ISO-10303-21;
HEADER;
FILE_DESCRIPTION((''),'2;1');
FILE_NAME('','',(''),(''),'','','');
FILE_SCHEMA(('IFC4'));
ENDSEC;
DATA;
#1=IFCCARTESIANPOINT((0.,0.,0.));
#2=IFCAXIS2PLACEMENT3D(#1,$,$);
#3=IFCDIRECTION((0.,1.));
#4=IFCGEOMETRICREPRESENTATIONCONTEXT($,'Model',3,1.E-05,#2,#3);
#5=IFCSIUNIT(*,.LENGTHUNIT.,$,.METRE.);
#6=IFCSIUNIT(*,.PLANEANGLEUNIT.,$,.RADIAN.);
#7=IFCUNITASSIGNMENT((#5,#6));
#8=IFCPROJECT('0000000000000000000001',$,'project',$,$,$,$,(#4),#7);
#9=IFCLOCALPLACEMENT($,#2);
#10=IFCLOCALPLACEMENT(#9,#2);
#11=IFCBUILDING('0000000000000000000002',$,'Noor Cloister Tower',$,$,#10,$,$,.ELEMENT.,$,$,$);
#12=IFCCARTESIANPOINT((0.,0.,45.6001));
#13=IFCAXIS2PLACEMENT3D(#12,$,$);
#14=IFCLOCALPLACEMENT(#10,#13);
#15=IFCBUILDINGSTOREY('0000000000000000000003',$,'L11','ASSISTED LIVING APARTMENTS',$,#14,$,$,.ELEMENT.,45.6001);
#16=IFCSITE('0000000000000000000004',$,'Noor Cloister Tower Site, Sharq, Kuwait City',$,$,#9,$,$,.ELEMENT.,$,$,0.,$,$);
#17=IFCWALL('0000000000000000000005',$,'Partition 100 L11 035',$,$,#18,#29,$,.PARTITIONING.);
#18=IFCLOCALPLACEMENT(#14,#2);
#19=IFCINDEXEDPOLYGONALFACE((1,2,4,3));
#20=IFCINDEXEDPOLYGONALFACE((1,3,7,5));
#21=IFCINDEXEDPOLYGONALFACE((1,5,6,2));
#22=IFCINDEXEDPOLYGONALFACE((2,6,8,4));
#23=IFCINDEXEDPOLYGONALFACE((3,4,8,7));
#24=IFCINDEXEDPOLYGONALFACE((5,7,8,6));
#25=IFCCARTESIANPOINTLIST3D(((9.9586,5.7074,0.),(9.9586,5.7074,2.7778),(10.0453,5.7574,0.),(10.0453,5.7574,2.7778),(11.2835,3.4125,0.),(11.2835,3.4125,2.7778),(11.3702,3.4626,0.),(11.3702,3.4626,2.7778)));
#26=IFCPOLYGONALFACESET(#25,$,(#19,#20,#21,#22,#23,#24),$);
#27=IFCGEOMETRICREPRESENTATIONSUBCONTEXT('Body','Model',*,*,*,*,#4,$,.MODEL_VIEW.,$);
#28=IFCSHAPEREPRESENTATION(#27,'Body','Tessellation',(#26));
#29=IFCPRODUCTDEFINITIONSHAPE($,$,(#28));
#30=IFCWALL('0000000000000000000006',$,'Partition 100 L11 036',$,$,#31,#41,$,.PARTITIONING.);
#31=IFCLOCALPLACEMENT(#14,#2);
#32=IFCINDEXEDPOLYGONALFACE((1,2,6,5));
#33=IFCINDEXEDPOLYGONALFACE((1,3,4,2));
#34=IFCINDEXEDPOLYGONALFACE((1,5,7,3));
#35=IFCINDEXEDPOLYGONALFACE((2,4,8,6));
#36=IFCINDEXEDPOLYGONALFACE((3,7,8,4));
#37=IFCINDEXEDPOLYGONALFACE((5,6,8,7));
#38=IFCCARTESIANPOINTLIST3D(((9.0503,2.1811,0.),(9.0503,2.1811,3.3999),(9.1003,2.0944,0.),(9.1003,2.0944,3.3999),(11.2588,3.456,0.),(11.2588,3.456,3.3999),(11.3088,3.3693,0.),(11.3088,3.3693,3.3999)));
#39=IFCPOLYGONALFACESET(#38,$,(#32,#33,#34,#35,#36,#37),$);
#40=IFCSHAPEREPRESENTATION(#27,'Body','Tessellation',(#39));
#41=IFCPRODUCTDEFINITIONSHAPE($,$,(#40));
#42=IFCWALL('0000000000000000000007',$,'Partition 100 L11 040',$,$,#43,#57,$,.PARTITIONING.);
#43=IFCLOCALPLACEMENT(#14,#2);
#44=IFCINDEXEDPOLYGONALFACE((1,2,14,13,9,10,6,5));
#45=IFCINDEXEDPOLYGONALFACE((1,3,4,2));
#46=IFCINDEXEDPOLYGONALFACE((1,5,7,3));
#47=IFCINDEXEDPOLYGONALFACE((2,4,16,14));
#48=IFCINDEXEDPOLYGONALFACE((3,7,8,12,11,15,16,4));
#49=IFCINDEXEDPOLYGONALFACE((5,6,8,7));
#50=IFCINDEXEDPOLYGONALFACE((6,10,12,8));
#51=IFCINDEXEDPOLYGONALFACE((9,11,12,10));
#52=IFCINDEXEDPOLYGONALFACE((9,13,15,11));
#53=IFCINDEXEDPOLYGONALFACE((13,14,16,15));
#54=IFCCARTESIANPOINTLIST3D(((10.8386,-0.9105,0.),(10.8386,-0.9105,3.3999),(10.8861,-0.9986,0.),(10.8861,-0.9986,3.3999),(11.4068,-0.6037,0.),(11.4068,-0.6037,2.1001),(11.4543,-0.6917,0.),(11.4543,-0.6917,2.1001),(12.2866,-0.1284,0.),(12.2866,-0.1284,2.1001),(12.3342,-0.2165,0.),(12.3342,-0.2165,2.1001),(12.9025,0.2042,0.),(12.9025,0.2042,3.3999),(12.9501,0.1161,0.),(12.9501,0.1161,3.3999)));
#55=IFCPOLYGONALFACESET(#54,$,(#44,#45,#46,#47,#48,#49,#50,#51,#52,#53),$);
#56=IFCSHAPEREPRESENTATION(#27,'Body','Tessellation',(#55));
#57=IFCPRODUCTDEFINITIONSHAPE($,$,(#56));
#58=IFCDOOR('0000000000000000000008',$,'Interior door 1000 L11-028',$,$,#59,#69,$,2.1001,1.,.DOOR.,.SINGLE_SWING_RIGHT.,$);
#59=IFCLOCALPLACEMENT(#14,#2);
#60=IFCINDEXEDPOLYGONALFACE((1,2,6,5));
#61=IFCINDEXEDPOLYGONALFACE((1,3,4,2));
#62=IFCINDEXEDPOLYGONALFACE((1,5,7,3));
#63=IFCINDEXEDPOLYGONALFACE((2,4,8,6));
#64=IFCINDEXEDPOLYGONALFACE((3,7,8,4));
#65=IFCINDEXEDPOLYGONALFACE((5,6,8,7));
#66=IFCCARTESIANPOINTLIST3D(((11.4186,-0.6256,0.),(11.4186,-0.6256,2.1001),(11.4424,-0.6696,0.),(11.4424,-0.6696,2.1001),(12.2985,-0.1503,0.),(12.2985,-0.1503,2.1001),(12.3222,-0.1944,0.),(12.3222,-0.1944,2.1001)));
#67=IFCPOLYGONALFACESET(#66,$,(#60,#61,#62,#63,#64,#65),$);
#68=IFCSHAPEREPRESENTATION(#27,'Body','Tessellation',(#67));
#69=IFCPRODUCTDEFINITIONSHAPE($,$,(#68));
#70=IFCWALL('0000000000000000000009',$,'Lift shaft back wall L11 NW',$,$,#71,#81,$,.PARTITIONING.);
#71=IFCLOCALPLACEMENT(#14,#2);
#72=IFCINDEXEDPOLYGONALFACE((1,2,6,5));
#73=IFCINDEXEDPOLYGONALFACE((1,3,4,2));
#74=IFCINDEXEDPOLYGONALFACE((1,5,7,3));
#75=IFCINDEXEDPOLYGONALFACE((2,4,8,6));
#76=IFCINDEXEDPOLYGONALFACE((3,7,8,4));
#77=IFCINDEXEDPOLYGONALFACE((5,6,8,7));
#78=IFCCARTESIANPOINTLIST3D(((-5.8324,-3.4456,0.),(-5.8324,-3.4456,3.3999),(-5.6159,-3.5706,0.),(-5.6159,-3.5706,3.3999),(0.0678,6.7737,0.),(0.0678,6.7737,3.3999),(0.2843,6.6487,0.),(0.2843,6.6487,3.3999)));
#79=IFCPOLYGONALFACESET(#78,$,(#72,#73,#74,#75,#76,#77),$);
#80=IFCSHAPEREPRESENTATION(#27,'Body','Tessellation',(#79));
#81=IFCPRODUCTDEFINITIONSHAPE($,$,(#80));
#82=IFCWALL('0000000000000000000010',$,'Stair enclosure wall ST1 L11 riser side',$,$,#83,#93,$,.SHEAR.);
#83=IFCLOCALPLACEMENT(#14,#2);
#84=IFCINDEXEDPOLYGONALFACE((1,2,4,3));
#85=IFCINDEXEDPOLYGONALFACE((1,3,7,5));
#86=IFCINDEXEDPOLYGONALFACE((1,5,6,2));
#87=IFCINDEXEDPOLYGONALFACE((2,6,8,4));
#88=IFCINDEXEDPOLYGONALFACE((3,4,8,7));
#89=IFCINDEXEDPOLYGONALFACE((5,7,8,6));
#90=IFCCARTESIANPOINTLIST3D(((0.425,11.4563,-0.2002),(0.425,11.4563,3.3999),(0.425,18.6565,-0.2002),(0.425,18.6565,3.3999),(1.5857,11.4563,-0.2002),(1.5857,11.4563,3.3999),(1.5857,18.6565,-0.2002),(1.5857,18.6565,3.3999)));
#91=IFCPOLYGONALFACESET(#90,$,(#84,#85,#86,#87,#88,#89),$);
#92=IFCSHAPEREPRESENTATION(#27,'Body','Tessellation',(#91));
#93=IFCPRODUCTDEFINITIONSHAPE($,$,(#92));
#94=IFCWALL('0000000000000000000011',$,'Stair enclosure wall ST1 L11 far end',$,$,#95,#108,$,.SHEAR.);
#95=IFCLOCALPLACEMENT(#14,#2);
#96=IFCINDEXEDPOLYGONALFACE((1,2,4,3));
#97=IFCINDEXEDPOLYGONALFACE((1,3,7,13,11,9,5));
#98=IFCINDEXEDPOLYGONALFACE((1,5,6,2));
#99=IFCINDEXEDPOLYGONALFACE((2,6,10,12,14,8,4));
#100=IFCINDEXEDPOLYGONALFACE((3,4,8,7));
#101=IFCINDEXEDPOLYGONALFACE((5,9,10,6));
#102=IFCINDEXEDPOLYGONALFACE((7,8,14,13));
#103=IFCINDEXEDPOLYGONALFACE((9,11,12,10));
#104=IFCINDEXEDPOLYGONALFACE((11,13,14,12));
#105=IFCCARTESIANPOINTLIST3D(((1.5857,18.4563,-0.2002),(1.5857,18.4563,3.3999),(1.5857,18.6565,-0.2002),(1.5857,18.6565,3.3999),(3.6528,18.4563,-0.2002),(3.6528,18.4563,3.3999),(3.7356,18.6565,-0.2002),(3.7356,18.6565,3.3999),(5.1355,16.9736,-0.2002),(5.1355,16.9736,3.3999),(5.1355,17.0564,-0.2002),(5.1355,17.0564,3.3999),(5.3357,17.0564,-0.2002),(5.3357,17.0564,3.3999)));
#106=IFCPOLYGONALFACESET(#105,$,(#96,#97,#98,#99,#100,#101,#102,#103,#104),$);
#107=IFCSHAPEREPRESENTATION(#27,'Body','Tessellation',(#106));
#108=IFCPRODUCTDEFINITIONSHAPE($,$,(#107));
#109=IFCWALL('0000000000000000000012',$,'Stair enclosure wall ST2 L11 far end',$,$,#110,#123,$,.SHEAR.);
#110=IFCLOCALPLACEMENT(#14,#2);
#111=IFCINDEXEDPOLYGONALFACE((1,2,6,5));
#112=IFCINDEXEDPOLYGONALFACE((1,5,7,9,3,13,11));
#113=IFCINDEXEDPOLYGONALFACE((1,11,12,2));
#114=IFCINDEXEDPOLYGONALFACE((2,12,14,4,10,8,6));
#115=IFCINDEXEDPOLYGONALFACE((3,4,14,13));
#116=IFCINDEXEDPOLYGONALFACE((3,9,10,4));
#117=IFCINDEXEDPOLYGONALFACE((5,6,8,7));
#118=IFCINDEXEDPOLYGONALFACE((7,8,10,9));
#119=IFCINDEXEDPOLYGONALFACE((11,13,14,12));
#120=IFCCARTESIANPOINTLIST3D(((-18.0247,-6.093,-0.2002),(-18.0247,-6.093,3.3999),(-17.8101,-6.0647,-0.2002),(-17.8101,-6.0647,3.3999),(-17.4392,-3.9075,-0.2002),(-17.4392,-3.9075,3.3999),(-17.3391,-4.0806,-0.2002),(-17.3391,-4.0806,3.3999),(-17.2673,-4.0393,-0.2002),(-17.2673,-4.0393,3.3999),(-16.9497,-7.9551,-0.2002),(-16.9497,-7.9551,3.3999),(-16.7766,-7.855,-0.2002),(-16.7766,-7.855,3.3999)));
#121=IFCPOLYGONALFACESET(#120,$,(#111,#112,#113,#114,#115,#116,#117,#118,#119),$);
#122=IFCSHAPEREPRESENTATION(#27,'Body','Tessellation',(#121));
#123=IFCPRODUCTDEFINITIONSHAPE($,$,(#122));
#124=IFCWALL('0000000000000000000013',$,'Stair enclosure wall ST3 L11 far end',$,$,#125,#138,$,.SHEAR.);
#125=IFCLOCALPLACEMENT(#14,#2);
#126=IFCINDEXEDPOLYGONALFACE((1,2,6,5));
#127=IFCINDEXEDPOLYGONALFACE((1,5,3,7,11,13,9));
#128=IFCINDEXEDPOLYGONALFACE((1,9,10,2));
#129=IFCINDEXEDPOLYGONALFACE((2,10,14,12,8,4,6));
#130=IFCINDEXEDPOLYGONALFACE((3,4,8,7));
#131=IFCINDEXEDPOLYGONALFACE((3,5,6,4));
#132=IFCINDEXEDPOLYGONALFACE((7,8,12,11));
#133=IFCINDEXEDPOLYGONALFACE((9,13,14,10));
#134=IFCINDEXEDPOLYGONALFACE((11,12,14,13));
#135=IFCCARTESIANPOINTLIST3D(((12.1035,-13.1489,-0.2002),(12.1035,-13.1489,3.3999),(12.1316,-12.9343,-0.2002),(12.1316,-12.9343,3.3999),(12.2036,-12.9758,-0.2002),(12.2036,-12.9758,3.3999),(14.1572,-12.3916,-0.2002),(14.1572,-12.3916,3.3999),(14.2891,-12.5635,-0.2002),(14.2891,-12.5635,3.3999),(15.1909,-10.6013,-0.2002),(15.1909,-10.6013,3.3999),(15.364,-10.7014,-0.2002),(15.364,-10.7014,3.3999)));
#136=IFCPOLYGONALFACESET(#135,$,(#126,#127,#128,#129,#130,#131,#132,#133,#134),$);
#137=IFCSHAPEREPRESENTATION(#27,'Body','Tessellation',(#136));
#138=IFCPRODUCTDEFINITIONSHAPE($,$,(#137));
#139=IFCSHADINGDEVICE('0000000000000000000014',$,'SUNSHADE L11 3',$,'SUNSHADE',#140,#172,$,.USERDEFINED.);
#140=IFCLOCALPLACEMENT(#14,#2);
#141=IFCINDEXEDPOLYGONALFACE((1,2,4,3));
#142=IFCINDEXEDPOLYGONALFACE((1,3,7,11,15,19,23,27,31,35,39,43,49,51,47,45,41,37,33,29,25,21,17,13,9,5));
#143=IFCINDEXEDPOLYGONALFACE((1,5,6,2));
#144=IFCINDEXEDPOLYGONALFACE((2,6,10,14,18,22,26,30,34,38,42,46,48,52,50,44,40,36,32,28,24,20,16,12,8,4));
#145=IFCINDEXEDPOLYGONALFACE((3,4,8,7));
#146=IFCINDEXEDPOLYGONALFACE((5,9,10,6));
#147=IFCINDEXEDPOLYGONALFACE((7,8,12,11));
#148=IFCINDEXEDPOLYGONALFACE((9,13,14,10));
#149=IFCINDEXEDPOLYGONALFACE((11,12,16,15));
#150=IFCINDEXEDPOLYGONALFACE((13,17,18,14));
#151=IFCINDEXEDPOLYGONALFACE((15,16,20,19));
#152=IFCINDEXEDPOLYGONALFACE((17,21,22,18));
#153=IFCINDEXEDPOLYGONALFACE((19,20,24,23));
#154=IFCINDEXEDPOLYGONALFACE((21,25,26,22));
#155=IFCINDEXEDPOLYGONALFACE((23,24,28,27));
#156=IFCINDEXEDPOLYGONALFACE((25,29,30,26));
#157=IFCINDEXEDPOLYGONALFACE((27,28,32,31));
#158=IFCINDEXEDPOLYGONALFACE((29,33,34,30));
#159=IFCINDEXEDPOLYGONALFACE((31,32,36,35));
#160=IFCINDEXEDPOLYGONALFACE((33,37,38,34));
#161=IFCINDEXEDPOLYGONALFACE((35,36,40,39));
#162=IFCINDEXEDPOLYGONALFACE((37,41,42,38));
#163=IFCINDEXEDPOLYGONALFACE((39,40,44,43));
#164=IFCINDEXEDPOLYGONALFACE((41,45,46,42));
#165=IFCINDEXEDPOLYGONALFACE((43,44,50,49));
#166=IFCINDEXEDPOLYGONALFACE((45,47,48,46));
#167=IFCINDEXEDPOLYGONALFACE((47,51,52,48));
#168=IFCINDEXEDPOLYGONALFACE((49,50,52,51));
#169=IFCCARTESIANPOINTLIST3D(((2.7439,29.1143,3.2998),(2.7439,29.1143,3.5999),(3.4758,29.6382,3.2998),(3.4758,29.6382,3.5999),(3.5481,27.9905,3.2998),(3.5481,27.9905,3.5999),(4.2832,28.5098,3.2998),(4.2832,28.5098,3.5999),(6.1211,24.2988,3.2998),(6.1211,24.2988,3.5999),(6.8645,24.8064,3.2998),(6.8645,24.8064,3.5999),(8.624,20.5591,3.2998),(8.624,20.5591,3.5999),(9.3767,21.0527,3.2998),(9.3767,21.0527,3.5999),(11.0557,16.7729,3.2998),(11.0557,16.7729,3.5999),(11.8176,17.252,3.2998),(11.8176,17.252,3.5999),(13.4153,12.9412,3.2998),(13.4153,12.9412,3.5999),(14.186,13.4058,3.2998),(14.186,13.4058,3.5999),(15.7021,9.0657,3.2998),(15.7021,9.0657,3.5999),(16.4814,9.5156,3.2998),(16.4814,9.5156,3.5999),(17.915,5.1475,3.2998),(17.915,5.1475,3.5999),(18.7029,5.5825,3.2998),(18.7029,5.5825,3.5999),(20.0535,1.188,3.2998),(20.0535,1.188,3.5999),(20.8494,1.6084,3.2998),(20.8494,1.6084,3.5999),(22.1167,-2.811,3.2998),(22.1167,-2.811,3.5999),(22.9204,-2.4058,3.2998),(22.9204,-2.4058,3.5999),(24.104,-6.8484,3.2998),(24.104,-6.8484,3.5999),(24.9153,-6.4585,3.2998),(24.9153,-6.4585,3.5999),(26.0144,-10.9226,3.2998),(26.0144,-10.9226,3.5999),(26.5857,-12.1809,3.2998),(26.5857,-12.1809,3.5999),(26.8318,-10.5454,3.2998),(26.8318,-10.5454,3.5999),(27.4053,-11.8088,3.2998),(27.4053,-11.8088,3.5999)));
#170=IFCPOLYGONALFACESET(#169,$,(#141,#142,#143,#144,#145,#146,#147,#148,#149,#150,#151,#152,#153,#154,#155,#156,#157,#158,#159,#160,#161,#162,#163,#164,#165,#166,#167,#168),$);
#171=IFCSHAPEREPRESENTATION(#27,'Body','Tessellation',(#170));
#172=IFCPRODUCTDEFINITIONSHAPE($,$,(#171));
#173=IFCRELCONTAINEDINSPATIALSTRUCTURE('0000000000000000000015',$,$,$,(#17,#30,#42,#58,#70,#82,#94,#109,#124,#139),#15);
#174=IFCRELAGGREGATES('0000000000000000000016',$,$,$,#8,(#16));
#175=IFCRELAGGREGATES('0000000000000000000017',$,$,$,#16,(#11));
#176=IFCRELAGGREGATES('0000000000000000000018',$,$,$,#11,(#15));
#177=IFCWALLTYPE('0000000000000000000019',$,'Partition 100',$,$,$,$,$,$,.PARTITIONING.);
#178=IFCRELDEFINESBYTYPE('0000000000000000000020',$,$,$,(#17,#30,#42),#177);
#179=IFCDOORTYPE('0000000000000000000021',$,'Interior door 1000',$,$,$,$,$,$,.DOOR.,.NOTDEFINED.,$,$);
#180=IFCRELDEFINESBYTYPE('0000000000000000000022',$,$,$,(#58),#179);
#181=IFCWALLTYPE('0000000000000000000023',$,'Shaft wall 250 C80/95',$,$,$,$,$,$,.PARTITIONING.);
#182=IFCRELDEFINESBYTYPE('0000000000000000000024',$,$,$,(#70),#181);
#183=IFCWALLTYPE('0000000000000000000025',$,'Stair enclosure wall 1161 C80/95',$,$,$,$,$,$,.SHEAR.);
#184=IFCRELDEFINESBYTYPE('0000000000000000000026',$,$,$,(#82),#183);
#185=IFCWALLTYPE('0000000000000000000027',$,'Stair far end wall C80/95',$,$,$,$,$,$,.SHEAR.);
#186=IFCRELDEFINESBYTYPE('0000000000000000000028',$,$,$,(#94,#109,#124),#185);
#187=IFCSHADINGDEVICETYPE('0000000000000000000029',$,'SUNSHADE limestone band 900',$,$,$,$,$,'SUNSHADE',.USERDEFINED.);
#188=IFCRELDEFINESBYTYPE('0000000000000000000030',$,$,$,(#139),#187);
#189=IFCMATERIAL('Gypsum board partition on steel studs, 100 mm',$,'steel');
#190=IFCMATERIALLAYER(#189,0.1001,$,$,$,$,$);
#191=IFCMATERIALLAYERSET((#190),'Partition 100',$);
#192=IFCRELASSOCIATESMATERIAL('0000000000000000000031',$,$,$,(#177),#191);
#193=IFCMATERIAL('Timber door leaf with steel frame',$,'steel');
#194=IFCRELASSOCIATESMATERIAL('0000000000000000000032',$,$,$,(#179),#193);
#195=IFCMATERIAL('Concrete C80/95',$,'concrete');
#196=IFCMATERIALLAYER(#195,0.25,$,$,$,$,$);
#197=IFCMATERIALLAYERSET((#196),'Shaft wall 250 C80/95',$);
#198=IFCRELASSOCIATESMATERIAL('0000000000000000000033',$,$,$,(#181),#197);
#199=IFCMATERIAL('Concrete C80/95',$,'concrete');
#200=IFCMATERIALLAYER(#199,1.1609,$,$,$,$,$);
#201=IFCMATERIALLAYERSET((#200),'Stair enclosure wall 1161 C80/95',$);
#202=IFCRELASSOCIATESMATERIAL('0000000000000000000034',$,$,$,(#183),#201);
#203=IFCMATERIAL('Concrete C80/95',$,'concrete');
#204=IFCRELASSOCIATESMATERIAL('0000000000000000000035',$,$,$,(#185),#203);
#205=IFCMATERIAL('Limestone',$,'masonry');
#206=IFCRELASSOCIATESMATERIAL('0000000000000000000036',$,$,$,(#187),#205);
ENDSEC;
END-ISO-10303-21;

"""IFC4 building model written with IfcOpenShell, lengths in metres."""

from ifc_helpers import new_model, si_unit, direction, frame, frame_2d, origin, place, context, subcontext, project, spatial, polyline, rectangle, outline, extrude, material, layer, layer_set, type_object, element, fill, save


model = new_model("IFC4")

# Units and contexts
model_context = context("Model", 3, precision=1e-05, world=origin(), true_north=direction((0.0, 1.0)))
body_context = subcontext(model_context, "Body", "Model", "MODEL_VIEW")
ifc_project = project(units=[si_unit("LENGTHUNIT", "METRE"), si_unit("PLANEANGLEUNIT", "RADIAN")], contexts=[model_context])

# Site, building, storey
site_placement = place(None, origin())
site = spatial("IfcSite", under=ifc_project, at=site_placement, Name="Noor Cloister Tower Site, Sharq, Kuwait City", CompositionType="ELEMENT", RefElevation=0.0)
building_placement = place(site_placement, origin())
building = spatial("IfcBuilding", under=site, at=building_placement, Name="Noor Cloister Tower", CompositionType="ELEMENT")
storey_placement = place(building_placement, frame((0.0, 0.0, 45.6001)))
storey = spatial("IfcBuildingStorey", under=building, at=storey_placement, Name="L11", Description="ASSISTED LIVING APARTMENTS", CompositionType="ELEMENT", Elevation=45.6001)

# Walls
ifc_material_1 = material(Name="Gypsum board partition on steel studs, 100 mm", Category="steel")
ifc_layer_1 = layer(ifc_material_1, 0.1001)
ifc_layer_set_1 = layer_set([ifc_layer_1], Name="Partition 100")
wall_type_1 = type_object("IfcWallType", Name="Partition 100", PredefinedType="PARTITIONING", material=ifc_layer_set_1)
wall_1_placement = place(storey_placement, frame((10.002, 5.7324, 0.0), z_axis=(0.0, 0.0, 1.0), x_axis=(0.499994, -0.866029, 0.0)))
element("IfcWall", 1, at=wall_1_placement, inside=storey, type_object=wall_type_1, Name="Partition 100 L11 035", PredefinedType="PARTITIONING", context=body_context, shape_type="SweptSolid", body=[
    extrude(rectangle(XDim=2.6499, YDim=0.1001, at=frame_2d((1.325, 0.0))), origin(), (0.0, 0.0, 1.0), 2.7778),
])
wall_2_placement = place(storey_placement, frame((11.2837, 3.4126, 0.0), z_axis=(0.0, 0.0, 1.0), x_axis=(-0.866055, -0.499949, 0.0)))
element("IfcWall", 2, at=wall_2_placement, inside=storey, type_object=wall_type_1, Name="Partition 100 L11 036", PredefinedType="PARTITIONING", context=body_context, shape_type="SweptSolid", body=[
    extrude(rectangle(XDim=2.55, YDim=0.1001, at=frame_2d((1.2749, 0.0))), origin(), (0.0, 0.0, 1.0), 3.3999),
])

# Wall, opening, door
wall_3_placement = place(storey_placement, frame((12.9263, 0.1602, 0.0), z_axis=(0.0, 0.0, 1.0), x_axis=(-0.879869, -0.475217, 0.0)))
wall_3 = element("IfcWall", 3, at=wall_3_placement, inside=storey, type_object=wall_type_1, Name="Partition 100 L11 040", PredefinedType="PARTITIONING", context=body_context, shape_type="SweptSolid", body=[
    extrude(rectangle(XDim=2.3457, YDim=0.1001, at=frame_2d((1.1729, 0.0))), origin(), (0.0, 0.0, 1.0), 3.3999),
])
opening_1_placement = place(wall_3_placement, frame((0.7, 0.0, 0.0)))
opening_1 = element("IfcOpeningElement", 4, at=opening_1_placement, cuts=wall_3, PredefinedType="OPENING", context=body_context, shape_type="SweptSolid", body=[
    extrude(rectangle(XDim=1.0, YDim=2.1001, at=frame_2d((0.5, 1.05))), frame((0.0, 0.0601, 0.0), z_axis=(0.0, -1.0, 0.0), x_axis=(1.0, 0.0, 0.0)), (0.0, 0.0, 1.0), 0.1201),
])
ifc_material_2 = material(Name="Timber door leaf with steel frame", Category="steel")
door_type_1 = type_object("IfcDoorType", Name="Interior door 1000", OperationType="NOTDEFINED", PredefinedType="DOOR", material=ifc_material_2)
door_1_placement = place(opening_1_placement, origin())
door_1 = element("IfcDoor", 5, at=door_1_placement, inside=storey, type_object=door_type_1, Name="Interior door 1000 L11-028", OperationType="SINGLE_SWING_RIGHT", OverallHeight=2.1001, OverallWidth=1.0, PredefinedType="DOOR", context=body_context, shape_type="SweptSolid", body=[
    extrude(rectangle(XDim=1.0, YDim=2.1001, at=frame_2d((0.5, 1.05))), frame((0.0, 0.0249, 0.0), z_axis=(0.0, -1.0, 0.0), x_axis=(1.0, 0.0, 0.0)), (0.0, 0.0, 1.0), 0.05),
])
fill(opening_1, door_1)

# Walls
ifc_material_3 = material(Name="Concrete C80/95", Category="concrete")
ifc_layer_2 = layer(ifc_material_3, 0.25)
ifc_layer_set_2 = layer_set([ifc_layer_2], Name="Shaft wall 250 C80/95")
wall_type_2 = type_object("IfcWallType", Name="Shaft wall 250 C80/95", PredefinedType="PARTITIONING", material=ifc_layer_set_2)
wall_4_placement = place(storey_placement, frame((0.176, 6.7112, 0.0), z_axis=(0.0, 0.0, 1.0), x_axis=(-0.500004, -0.866023, 0.0)))
element("IfcWall", 6, at=wall_4_placement, inside=storey, type_object=wall_type_2, Name="Lift shaft back wall L11 NW", PredefinedType="PARTITIONING", context=body_context, shape_type="SweptSolid", body=[
    extrude(rectangle(XDim=11.8003, YDim=0.25, at=frame_2d((5.9001, 0.0))), origin(), (0.0, 0.0, 1.0), 3.3999),
])
ifc_material_4 = material(Name="Concrete C80/95", Category="concrete")
ifc_layer_3 = layer(ifc_material_4, 1.1609)
ifc_layer_set_3 = layer_set([ifc_layer_3], Name="Stair enclosure wall 1161 C80/95")
wall_type_3 = type_object("IfcWallType", Name="Stair enclosure wall 1161 C80/95", PredefinedType="SHEAR", material=ifc_layer_set_3)
wall_5_placement = place(storey_placement, frame((1.0054, 11.4563, -0.2002), z_axis=(0.0, 0.0, 1.0), x_axis=(0.0, 1.0, 0.0)))
element("IfcWall", 7, at=wall_5_placement, inside=storey, type_object=wall_type_3, Name="Stair enclosure wall ST1 L11 riser side", PredefinedType="SHEAR", context=body_context, shape_type="SweptSolid", body=[
    extrude(rectangle(XDim=7.2002, YDim=1.1606, at=frame_2d((3.6001, 0.0))), origin(), (0.0, 0.0, 1.0), 3.6001),
])
ifc_material_5 = material(Name="Concrete C80/95", Category="concrete")
wall_type_4 = type_object("IfcWallType", Name="Stair far end wall C80/95", PredefinedType="SHEAR", material=ifc_material_5)
wall_6_placement = place(storey_placement, frame((0.0, 0.0, -0.2002)))
element("IfcWall", 8, at=wall_6_placement, inside=storey, type_object=wall_type_4, Name="Stair enclosure wall ST1 L11 far end", PredefinedType="SHEAR", context=body_context, shape_type="SweptSolid", body=[
    extrude(outline(polyline([(5.3357, 17.0564), (3.7356, 18.6565), (1.5857, 18.6565), (1.5857, 18.4563), (3.6528, 18.4563), (5.1355, 16.9736), (5.1355, 17.0564), (5.1355, 17.0564), (5.1355, 17.0564), (5.1355, 17.0564), (5.1355, 17.0564), (5.1355, 17.0564), (5.1355, 17.0564), (5.1355, 17.0564), (5.1355, 17.0564), (5.1355, 17.0564), (5.1355, 17.0564), (5.1355, 17.0564), (5.1355, 17.0564), (5.1355, 17.0564), (5.1355, 17.0564), (5.1355, 17.0564), (5.1355, 17.0564), (5.3357, 17.0564)])), origin(), (0.0, 0.0, 1.0), 3.6001),
])
wall_7_placement = place(storey_placement, frame((0.0, 0.0, -0.2002)))
element("IfcWall", 9, at=wall_7_placement, inside=storey, type_object=wall_type_4, Name="Stair enclosure wall ST2 L11 far end", PredefinedType="SHEAR", context=body_context, shape_type="SweptSolid", body=[
    extrude(outline(polyline([(-17.4392, -3.9075), (-18.0247, -6.093), (-16.9497, -7.9551), (-16.7766, -7.855), (-17.8101, -6.0647), (-17.2673, -4.0393), (-17.3391, -4.0806), (-17.3391, -4.0806), (-17.3391, -4.0806), (-17.3391, -4.0806), (-17.3391, -4.0806), (-17.3391, -4.0806), (-17.3391, -4.0806), (-17.3391, -4.0806), (-17.3391, -4.0806), (-17.3391, -4.0806), (-17.3391, -4.0806), (-17.3391, -4.0806), (-17.3391, -4.0806), (-17.3391, -4.0806), (-17.3391, -4.0806), (-17.3391, -4.0806), (-17.3391, -4.0806), (-17.4392, -3.9075)])), origin(), (0.0, 0.0, 1.0), 3.6001),
])
wall_8_placement = place(storey_placement, frame((0.0, 0.0, -0.2002)))
element("IfcWall", 10, at=wall_8_placement, inside=storey, type_object=wall_type_4, Name="Stair enclosure wall ST3 L11 far end", PredefinedType="SHEAR", context=body_context, shape_type="SweptSolid", body=[
    extrude(outline(polyline([(12.1035, -13.1489), (14.2891, -12.5635), (15.364, -10.7014), (15.1909, -10.6013), (14.1572, -12.3916), (12.1316, -12.9343), (12.2036, -12.9758), (12.2036, -12.9758), (12.2036, -12.9758), (12.2036, -12.9758), (12.2036, -12.9758), (12.2036, -12.9758), (12.2036, -12.9758), (12.2036, -12.9758), (12.2036, -12.9758), (12.2036, -12.9758), (12.2036, -12.9758), (12.2036, -12.9758), (12.2036, -12.9758), (12.2036, -12.9758), (12.2036, -12.9758), (12.2036, -12.9758), (12.2036, -12.9758), (12.1035, -13.1489)])), origin(), (0.0, 0.0, 1.0), 3.6001),
])

# Shading device
ifc_material_6 = material(Name="Limestone", Category="masonry")
shading_device_type = type_object("IfcShadingDeviceType", Name="SUNSHADE limestone band 900", ElementType="SUNSHADE", PredefinedType="USERDEFINED", material=ifc_material_6)
shading_device_1_placement = place(storey_placement, frame((0.0, 0.0, 3.2998)))
element("IfcShadingDevice", 11, at=shading_device_1_placement, inside=storey, type_object=shading_device_type, Name="SUNSHADE L11 3", ObjectType="SUNSHADE", PredefinedType="USERDEFINED", context=body_context, shape_type="SweptSolid", body=[
    extrude(outline(polyline([(27.4053, -11.8088), (26.8318, -10.5454), (24.9153, -6.4585), (22.9204, -2.4058), (20.8494, 1.6084), (18.7029, 5.5825), (16.4814, 9.5156), (14.186, 13.4058), (11.8176, 17.252), (9.3767, 21.0527), (6.8645, 24.8064), (4.2832, 28.5098), (3.4758, 29.6382), (2.7439, 29.1143), (3.5481, 27.9905), (6.1211, 24.2988), (8.624, 20.5591), (11.0557, 16.7729), (13.4153, 12.9412), (15.7021, 9.0657), (17.915, 5.1475), (20.0535, 1.188), (22.1167, -2.811), (24.104, -6.8484), (26.0144, -10.9226), (26.5857, -12.1809), (27.4053, -11.8088)])), origin(), (0.0, 0.0, 1.0), 0.3),
])

save(model, "model.ifc")
